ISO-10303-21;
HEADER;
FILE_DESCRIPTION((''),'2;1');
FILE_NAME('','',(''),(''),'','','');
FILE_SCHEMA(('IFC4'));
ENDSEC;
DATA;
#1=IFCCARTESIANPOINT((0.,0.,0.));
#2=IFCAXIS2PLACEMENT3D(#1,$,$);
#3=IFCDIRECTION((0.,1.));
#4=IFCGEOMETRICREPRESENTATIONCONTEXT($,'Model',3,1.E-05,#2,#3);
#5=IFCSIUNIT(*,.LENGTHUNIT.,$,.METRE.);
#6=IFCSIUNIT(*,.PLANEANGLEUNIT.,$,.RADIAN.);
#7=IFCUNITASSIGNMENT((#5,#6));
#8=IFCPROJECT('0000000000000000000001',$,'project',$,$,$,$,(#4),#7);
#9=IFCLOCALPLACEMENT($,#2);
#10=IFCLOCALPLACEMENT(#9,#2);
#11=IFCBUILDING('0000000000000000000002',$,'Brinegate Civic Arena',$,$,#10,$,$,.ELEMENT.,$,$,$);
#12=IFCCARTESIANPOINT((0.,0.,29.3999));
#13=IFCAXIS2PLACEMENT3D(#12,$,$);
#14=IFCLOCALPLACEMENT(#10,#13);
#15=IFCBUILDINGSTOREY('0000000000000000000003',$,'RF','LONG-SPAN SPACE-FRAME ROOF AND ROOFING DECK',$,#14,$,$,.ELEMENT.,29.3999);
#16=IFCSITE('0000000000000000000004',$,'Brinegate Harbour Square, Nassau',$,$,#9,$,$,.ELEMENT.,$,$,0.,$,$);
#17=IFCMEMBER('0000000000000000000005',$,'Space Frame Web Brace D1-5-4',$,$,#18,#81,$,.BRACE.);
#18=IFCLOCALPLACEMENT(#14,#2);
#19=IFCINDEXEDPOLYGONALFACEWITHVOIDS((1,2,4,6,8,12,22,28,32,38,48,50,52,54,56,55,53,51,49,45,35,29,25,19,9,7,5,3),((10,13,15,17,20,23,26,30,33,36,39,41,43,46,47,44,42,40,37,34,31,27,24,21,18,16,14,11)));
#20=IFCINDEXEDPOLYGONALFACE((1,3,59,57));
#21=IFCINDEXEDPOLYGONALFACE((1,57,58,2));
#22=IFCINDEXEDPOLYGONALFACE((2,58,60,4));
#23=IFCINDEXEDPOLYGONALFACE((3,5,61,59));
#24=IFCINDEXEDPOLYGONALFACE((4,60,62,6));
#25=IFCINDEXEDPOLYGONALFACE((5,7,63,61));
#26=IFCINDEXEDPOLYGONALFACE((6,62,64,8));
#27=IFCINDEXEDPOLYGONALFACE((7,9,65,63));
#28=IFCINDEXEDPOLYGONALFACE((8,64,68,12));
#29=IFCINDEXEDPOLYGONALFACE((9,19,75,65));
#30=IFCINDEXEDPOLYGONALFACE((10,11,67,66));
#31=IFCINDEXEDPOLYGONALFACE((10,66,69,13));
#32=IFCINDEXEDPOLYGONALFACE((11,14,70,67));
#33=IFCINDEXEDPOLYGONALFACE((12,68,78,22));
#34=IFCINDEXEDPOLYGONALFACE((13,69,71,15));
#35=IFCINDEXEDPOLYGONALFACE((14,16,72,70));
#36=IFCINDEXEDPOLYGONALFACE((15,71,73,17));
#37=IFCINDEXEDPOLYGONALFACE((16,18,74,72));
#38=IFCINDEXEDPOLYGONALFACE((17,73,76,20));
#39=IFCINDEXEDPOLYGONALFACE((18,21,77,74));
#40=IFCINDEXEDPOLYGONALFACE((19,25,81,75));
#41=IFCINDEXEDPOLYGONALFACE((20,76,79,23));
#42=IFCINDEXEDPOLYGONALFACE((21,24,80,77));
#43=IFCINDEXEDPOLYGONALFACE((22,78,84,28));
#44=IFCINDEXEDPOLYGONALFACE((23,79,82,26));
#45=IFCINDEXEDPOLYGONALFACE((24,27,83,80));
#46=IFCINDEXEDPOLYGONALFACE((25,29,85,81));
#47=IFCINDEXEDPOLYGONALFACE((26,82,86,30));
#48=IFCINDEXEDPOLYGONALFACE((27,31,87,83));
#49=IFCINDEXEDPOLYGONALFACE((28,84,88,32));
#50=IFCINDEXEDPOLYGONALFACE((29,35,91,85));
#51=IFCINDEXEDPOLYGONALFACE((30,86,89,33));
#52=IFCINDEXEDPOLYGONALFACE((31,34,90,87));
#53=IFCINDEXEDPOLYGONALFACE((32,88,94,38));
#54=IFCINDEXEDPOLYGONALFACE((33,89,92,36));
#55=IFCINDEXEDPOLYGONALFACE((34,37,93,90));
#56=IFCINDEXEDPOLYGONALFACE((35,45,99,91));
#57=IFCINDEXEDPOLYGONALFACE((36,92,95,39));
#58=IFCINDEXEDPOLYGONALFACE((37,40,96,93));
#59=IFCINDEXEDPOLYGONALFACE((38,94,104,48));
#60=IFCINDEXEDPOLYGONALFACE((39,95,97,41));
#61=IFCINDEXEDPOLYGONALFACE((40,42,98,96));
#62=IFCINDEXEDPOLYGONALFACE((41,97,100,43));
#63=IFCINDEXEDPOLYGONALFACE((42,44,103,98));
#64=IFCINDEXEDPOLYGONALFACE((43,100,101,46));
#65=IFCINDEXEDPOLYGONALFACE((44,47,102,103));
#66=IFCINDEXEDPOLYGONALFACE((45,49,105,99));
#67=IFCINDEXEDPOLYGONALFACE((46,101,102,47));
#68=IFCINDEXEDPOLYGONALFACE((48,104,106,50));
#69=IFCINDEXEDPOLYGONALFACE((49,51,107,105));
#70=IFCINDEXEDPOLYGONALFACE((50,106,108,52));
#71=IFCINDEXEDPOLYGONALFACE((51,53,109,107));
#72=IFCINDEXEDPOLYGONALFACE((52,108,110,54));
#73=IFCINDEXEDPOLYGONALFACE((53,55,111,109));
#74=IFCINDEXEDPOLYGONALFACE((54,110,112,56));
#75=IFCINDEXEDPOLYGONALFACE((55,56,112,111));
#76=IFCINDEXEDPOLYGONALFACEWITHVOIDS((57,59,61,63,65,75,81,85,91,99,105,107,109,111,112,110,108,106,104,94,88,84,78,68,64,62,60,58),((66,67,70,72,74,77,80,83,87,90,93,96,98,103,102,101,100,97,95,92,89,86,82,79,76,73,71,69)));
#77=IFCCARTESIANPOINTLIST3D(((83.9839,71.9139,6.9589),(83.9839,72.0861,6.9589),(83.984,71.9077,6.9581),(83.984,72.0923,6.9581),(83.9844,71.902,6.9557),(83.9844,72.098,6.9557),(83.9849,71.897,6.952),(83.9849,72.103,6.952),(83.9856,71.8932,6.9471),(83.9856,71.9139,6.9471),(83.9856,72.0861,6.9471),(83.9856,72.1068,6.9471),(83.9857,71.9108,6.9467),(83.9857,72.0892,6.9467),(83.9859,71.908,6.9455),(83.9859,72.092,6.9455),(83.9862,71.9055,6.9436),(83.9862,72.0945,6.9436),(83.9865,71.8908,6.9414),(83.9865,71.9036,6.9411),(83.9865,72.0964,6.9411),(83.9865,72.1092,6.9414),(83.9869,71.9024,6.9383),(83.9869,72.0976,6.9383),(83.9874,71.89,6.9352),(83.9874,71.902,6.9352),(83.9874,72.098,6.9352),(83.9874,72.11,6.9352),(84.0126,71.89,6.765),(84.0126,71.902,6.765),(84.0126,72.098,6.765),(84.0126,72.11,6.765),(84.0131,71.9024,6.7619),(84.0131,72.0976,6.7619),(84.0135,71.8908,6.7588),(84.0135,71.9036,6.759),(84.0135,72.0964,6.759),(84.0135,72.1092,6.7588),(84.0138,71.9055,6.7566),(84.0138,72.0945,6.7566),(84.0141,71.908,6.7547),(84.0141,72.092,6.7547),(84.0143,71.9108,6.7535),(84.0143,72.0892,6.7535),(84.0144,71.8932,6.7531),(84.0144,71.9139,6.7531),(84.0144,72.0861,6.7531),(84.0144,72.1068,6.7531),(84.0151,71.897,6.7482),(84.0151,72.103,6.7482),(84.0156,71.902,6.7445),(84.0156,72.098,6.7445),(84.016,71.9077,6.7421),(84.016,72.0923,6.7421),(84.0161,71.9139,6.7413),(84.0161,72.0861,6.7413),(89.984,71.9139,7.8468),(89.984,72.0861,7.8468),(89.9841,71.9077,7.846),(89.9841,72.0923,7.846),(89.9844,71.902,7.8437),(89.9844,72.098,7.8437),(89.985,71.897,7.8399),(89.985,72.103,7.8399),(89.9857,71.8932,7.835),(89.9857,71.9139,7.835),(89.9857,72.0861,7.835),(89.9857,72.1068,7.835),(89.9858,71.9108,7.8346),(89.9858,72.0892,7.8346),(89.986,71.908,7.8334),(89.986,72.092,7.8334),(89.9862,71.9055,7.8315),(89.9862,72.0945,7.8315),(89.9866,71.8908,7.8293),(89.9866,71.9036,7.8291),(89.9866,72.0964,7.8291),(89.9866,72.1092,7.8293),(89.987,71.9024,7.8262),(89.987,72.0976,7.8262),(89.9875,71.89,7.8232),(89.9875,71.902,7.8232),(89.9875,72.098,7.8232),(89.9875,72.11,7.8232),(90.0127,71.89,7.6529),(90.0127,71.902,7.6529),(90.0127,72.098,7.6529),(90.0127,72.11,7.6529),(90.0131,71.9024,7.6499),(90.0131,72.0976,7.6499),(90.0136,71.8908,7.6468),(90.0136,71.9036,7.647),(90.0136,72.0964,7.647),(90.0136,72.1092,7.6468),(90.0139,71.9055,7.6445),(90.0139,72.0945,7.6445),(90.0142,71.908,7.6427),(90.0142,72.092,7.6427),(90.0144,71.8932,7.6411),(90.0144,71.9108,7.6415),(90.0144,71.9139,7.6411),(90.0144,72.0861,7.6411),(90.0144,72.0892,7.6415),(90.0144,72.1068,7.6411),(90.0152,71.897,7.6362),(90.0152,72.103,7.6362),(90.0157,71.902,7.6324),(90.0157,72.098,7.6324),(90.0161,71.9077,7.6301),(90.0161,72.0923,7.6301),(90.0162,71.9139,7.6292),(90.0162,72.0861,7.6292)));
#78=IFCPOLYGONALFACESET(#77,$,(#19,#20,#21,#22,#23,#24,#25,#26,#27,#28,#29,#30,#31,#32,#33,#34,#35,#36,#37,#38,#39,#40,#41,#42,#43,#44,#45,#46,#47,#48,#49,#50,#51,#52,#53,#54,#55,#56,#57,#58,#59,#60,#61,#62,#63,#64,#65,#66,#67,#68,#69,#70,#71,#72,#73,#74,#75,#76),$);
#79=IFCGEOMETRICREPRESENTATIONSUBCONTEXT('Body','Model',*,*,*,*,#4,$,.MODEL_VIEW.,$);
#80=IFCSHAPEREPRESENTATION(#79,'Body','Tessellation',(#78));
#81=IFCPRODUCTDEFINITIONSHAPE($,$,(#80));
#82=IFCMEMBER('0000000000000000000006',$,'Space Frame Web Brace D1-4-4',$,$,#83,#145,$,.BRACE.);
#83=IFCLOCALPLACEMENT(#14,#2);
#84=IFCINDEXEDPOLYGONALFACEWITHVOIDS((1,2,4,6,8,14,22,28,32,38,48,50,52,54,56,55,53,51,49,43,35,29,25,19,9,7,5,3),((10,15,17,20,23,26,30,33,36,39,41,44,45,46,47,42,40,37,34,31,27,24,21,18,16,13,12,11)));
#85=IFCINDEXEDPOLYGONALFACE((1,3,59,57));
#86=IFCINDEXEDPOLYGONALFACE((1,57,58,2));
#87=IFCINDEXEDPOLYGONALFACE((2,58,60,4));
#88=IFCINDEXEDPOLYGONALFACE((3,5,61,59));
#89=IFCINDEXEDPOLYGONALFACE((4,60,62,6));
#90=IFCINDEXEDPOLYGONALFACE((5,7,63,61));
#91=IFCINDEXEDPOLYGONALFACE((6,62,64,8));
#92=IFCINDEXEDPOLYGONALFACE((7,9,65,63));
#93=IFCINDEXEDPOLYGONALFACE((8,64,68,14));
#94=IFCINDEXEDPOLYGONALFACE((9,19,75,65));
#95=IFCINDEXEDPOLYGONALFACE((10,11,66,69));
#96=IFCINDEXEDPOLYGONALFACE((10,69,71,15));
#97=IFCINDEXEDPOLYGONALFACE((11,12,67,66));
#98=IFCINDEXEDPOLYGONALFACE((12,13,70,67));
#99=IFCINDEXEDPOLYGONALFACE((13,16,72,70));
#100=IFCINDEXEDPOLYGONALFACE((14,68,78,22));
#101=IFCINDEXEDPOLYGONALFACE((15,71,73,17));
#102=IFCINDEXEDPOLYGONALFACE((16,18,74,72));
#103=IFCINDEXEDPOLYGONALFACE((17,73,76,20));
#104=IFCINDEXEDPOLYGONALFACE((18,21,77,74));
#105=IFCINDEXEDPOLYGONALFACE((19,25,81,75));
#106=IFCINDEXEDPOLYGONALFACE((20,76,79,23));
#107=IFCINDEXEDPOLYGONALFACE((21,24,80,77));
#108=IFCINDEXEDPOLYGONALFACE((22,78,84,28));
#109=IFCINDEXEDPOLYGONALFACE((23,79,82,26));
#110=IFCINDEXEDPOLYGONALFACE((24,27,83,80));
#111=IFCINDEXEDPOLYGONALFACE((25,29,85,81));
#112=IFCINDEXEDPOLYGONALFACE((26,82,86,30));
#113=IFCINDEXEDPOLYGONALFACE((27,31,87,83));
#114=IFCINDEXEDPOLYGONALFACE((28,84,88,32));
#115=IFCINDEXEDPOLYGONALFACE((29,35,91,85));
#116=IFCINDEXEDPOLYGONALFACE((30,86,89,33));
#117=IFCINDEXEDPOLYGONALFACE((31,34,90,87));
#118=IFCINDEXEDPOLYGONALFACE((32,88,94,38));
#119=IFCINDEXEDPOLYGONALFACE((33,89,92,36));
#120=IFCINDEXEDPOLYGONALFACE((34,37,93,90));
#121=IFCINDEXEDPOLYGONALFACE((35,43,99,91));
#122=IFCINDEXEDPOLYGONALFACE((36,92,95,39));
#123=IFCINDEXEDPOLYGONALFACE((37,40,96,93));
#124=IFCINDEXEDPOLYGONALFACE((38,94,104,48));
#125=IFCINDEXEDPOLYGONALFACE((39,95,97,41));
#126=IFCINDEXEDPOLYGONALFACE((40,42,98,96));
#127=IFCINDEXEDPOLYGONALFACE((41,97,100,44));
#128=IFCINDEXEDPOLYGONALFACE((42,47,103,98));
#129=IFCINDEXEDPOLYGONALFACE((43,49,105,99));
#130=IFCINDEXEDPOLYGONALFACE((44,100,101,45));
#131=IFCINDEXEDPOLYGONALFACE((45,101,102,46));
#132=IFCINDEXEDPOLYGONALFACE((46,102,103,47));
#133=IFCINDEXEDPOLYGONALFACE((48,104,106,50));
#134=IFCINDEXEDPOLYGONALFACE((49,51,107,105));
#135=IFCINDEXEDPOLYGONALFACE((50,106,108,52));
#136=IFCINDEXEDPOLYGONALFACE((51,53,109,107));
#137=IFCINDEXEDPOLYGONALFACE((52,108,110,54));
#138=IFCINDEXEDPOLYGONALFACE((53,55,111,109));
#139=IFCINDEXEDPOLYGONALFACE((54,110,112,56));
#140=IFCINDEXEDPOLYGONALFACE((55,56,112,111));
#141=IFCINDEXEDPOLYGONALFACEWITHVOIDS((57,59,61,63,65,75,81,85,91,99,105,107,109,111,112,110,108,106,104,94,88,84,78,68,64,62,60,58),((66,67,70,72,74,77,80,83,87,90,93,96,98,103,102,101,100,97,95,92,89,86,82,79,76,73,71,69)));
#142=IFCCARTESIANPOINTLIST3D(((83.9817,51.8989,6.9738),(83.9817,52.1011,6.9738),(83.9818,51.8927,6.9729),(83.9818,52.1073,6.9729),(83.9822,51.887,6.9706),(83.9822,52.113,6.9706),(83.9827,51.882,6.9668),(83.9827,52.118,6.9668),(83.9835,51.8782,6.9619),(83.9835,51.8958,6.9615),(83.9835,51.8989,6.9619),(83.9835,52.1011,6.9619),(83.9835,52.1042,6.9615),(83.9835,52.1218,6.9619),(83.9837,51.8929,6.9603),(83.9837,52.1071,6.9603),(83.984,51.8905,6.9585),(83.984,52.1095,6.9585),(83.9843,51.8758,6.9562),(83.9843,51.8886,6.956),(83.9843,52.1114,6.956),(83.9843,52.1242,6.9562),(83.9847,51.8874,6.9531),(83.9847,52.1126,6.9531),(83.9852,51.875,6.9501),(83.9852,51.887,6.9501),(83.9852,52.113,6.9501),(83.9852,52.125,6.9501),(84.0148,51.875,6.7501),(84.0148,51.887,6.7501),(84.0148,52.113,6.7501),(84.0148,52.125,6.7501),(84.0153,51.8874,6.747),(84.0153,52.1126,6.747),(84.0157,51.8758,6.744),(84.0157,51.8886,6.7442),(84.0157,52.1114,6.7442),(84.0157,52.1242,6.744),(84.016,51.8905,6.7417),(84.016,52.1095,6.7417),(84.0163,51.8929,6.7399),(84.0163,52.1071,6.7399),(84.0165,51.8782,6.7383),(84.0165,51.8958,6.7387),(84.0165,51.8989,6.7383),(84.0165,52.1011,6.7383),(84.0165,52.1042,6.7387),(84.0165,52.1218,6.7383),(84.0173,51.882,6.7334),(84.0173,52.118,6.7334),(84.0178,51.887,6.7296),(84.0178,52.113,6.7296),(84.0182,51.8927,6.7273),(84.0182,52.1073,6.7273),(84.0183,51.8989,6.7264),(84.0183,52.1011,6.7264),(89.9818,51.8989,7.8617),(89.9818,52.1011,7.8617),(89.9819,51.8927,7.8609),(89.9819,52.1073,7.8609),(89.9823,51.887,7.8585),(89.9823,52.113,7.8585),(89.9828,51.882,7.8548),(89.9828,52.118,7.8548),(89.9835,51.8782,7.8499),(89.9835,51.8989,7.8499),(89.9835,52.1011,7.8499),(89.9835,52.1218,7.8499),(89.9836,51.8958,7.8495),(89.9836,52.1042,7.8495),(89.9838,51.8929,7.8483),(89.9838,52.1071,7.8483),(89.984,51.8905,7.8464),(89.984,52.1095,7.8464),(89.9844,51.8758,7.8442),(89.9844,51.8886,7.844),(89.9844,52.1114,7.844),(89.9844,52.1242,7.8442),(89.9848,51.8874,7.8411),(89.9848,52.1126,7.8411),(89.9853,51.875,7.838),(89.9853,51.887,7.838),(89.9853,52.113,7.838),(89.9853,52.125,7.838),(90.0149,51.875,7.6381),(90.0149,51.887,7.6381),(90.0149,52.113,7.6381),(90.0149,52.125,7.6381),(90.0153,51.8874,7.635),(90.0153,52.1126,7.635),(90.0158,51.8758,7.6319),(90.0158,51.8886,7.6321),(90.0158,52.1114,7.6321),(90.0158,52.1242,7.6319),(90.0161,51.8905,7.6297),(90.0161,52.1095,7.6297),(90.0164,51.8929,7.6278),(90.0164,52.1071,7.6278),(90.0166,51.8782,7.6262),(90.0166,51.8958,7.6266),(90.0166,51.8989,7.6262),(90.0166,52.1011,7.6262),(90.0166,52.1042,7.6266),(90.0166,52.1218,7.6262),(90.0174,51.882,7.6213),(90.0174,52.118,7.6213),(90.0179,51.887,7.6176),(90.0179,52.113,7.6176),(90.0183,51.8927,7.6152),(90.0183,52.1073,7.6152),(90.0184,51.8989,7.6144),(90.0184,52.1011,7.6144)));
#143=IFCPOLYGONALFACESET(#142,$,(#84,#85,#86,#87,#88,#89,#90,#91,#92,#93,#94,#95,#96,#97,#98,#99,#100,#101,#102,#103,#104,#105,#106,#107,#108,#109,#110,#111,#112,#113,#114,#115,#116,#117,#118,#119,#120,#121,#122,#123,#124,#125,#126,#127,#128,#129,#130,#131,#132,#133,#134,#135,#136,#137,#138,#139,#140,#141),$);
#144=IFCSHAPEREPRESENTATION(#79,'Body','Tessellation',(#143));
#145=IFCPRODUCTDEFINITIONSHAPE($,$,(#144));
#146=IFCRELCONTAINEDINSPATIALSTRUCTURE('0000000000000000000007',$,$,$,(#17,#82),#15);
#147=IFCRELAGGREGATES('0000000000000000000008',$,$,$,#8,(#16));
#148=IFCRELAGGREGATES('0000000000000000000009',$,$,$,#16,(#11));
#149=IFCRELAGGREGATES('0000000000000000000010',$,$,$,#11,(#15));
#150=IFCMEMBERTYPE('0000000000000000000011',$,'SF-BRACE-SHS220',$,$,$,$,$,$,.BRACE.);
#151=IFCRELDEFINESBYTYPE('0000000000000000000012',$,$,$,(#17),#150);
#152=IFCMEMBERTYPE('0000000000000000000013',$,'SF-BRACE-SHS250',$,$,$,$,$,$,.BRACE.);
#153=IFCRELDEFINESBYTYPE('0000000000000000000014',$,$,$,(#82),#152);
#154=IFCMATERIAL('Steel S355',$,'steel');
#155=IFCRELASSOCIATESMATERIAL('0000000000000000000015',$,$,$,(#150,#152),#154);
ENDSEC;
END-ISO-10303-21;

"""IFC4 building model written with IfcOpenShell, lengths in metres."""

from ifc_helpers import new_model, si_unit, direction, frame, origin, origin_2d, place, context, subcontext, project, spatial, hollow_rectangle, extrude, material, material_profile, profile_set, type_object, element, save


model = new_model("IFC4")

# Units and contexts
model_context = context("Model", 3, precision=1e-05, world=origin(), true_north=direction((0.0, 1.0)))
body_context = subcontext(model_context, "Body", "Model", "MODEL_VIEW")
ifc_project = project(units=[si_unit("LENGTHUNIT", "METRE"), si_unit("PLANEANGLEUNIT", "RADIAN")], contexts=[model_context])

# Site, building, storey
site_placement = place(None, origin())
site = spatial("IfcSite", under=ifc_project, at=site_placement, Name="Brinegate Harbour Square, Nassau", CompositionType="ELEMENT", RefElevation=0.0)
building_placement = place(site_placement, origin())
building = spatial("IfcBuilding", under=site, at=building_placement, Name="Brinegate Civic Arena", CompositionType="ELEMENT")
storey_placement = place(building_placement, frame((0.0, 0.0, 29.3999)))
storey = spatial("IfcBuildingStorey", under=building, at=storey_placement, Name="RF", Description="LONG-SPAN SPACE-FRAME ROOF AND ROOFING DECK", CompositionType="ELEMENT", Elevation=29.3999)

# Members
ifc_material = material(Name="Steel S355", Category="steel")
ifc_material_profile_1 = material_profile(ifc_material, hollow_rectangle(XDim=0.22, YDim=0.22, WallThickness=0.012, InnerFilletRadius=0.012, OuterFilletRadius=0.0239, at=origin_2d()), Name="SHS220X12")
ifc_profile_set_1 = profile_set([ifc_material_profile_1], Name="Steel S355")
member_type_1 = type_object("IfcMemberType", Name="SF-BRACE-SHS220", PredefinedType="BRACE", material=ifc_profile_set_1)
for number, where, z_axis, x_axis, name in (
    (1, (84.0, 72.0, 6.8501), (0.989226, 0.0, 0.146395), (0.0, 1.0, 0.0), "Space Frame Web Brace D1-5-4"),
):
    element("IfcMember", number, at=place(storey_placement, frame(where, z_axis=z_axis, x_axis=x_axis)), inside=storey, type_object=member_type_1, Name=name, PredefinedType="BRACE", context=body_context, shape_type="SweptSolid", body=[
        extrude(hollow_rectangle(XDim=0.22, YDim=0.22, WallThickness=0.012, InnerFilletRadius=0.012, OuterFilletRadius=0.0239, at=origin_2d()), origin(), (0.0, 0.0, 1.0), 6.0654),
    ])
ifc_material_profile_2 = material_profile(ifc_material, hollow_rectangle(XDim=0.25, YDim=0.25, WallThickness=0.012, InnerFilletRadius=0.012, OuterFilletRadius=0.0239, at=origin_2d()), Name="SHS250X12")
ifc_profile_set_2 = profile_set([ifc_material_profile_2], Name="Steel S355")
member_type_2 = type_object("IfcMemberType", Name="SF-BRACE-SHS250", PredefinedType="BRACE", material=ifc_profile_set_2)
member_1_placement = place(storey_placement, frame((84.0, 52.0, 6.8501), z_axis=(0.989226, 0.0, 0.146395), x_axis=(0.0, 1.0, 0.0)))
element("IfcMember", 2, at=member_1_placement, inside=storey, type_object=member_type_2, Name="Space Frame Web Brace D1-4-4", PredefinedType="BRACE", context=body_context, shape_type="SweptSolid", body=[
    extrude(hollow_rectangle(XDim=0.25, YDim=0.25, WallThickness=0.012, InnerFilletRadius=0.012, OuterFilletRadius=0.0239, at=origin_2d()), origin(), (0.0, 0.0, 1.0), 6.0654),
])

save(model, "model.ifc")
